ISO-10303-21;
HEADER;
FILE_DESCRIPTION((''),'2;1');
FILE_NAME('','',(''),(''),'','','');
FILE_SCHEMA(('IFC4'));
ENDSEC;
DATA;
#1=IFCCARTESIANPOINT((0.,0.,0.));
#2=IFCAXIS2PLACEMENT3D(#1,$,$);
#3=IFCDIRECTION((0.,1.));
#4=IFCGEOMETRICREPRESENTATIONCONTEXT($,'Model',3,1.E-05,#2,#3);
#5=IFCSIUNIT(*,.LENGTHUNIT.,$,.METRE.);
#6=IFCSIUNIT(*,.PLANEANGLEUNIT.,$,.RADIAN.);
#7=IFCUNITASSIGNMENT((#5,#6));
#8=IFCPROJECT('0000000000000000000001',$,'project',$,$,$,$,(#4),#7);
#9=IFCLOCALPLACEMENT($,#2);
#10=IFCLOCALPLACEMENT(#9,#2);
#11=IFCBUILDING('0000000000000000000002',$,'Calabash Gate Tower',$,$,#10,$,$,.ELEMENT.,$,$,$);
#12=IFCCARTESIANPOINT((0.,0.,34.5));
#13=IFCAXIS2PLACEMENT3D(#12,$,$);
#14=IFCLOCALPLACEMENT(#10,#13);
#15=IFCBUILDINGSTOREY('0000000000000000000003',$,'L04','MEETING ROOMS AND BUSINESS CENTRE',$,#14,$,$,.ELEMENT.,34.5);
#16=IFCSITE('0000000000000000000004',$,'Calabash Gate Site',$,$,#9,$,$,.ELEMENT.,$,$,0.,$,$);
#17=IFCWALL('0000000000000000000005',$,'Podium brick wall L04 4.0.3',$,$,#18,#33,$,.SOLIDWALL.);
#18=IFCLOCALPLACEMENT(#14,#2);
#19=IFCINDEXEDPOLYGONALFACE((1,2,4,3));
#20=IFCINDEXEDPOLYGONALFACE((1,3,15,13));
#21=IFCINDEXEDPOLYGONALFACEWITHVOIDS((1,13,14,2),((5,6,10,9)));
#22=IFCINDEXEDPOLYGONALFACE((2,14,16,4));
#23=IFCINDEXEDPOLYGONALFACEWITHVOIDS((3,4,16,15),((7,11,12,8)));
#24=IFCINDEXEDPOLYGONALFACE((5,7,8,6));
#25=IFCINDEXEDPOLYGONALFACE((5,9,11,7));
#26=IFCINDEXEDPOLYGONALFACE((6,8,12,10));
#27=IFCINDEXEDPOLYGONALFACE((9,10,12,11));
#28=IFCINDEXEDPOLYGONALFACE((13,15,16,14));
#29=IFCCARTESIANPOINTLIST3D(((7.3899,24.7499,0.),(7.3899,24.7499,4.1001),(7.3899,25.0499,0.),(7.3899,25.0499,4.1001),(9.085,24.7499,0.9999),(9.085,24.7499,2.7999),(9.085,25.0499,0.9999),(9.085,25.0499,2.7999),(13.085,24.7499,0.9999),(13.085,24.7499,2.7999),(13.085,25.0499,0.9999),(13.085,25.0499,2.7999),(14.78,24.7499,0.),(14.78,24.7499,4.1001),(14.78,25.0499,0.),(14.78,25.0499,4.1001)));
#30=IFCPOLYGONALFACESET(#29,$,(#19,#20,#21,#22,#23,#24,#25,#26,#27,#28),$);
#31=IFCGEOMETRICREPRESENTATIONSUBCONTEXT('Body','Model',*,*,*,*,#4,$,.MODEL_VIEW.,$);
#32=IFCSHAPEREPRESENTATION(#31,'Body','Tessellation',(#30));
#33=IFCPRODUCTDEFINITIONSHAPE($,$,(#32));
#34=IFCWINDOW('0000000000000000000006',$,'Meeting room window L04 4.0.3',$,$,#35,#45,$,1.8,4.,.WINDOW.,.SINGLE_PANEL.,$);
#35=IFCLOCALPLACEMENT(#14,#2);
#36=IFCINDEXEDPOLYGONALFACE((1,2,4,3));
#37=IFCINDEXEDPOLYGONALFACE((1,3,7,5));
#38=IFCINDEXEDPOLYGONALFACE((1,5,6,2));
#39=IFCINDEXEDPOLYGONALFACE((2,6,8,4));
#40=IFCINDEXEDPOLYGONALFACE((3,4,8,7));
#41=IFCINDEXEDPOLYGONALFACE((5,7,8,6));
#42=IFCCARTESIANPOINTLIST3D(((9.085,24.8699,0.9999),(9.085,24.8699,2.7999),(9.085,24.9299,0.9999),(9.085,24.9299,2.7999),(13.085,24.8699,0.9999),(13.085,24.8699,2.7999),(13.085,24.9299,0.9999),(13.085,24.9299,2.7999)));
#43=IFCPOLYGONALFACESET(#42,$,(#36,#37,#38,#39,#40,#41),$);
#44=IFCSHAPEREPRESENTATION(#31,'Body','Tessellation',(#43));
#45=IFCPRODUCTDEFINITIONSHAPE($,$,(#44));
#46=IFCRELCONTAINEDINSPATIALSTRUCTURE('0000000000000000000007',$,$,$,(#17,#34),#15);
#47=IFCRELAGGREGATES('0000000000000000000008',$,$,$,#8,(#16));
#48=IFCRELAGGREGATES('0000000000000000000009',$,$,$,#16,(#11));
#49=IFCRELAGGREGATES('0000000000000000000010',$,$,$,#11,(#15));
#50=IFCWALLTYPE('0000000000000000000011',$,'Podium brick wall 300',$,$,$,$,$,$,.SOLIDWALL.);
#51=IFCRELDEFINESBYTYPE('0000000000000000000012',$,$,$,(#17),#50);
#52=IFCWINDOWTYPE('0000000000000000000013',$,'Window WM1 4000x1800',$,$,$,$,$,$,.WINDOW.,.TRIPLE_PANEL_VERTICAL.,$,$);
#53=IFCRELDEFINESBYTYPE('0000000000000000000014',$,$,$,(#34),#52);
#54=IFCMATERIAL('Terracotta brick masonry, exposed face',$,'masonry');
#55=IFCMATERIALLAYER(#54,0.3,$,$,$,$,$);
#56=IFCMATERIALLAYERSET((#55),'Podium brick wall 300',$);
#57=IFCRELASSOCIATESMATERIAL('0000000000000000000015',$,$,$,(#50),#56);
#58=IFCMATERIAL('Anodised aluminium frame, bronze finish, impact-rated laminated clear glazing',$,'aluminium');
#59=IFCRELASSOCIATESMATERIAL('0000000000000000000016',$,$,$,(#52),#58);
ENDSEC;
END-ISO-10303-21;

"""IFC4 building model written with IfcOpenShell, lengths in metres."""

from ifc_helpers import new_model, si_unit, direction, frame, frame_2d, origin, place, context, subcontext, project, spatial, rectangle, extrude, material, layer, layer_set, type_object, element, fill, save


model = new_model("IFC4")

# Units and contexts
model_context = context("Model", 3, precision=1e-05, world=origin(), true_north=direction((0.0, 1.0)))
body_context = subcontext(model_context, "Body", "Model", "MODEL_VIEW")
ifc_project = project(units=[si_unit("LENGTHUNIT", "METRE"), si_unit("PLANEANGLEUNIT", "RADIAN")], contexts=[model_context])

# Site, building, storey
site_placement = place(None, origin())
site = spatial("IfcSite", under=ifc_project, at=site_placement, Name="Calabash Gate Site", CompositionType="ELEMENT", RefElevation=0.0)
building_placement = place(site_placement, origin())
building = spatial("IfcBuilding", under=site, at=building_placement, Name="Calabash Gate Tower", CompositionType="ELEMENT")
storey_placement = place(building_placement, frame((0.0, 0.0, 34.5)))
storey = spatial("IfcBuildingStorey", under=building, at=storey_placement, Name="L04", Description="MEETING ROOMS AND BUSINESS CENTRE", CompositionType="ELEMENT", Elevation=34.5)

# Wall, opening, window
ifc_material_1 = material(Name="Terracotta brick masonry, exposed face", Category="masonry")
ifc_layer_1 = layer(ifc_material_1, 0.3)
ifc_layer_set_1 = layer_set([ifc_layer_1], Name="Podium brick wall 300")
wall_type_1 = type_object("IfcWallType", Name="Podium brick wall 300", PredefinedType="SOLIDWALL", material=ifc_layer_set_1)
ifc_material_2 = material(Name="Anodised aluminium frame, bronze finish, impact-rated laminated clear glazing", Category="aluminium")
window_type = type_object("IfcWindowType", Name="Window WM1 4000x1800", PartitioningType="TRIPLE_PANEL_VERTICAL", PredefinedType="WINDOW", material=ifc_material_2)
wall_1_placement = place(storey_placement, frame((14.78, 24.8999, 0.0), z_axis=(0.0, 0.0, 1.0), x_axis=(-1.0, 0.0, 0.0)))
wall_1 = element("IfcWall", 1, at=wall_1_placement, inside=storey, type_object=wall_type_1, Name="Podium brick wall L04 4.0.3", PredefinedType="SOLIDWALL", context=body_context, shape_type="SweptSolid", body=[
    extrude(rectangle(XDim=7.3901, YDim=0.3, at=frame_2d((3.6951, 0.0))), origin(), (0.0, 0.0, 1.0), 4.1001),
])
opening_1_placement = place(wall_1_placement, frame((1.6951, 0.0, 1.0)))
opening_1 = element("IfcOpeningElement", 2, at=opening_1_placement, cuts=wall_1, PredefinedType="OPENING", context=body_context, shape_type="SweptSolid", body=[
    extrude(rectangle(XDim=4.0, YDim=1.8, at=frame_2d((2.0, 0.8999))), frame((0.0, 0.1599, 0.0), z_axis=(0.0, -1.0, 0.0), x_axis=(1.0, 0.0, 0.0)), (0.0, 0.0, 1.0), 0.3201),
])
window_1_placement = place(opening_1_placement, origin())
window_1 = element("IfcWindow", 3, at=window_1_placement, inside=storey, type_object=window_type, Name="Meeting room window L04 4.0.3", OverallHeight=1.8, OverallWidth=4.0, PartitioningType="SINGLE_PANEL", PredefinedType="WINDOW", context=body_context, shape_type="SweptSolid", body=[
    extrude(rectangle(XDim=4.0, YDim=1.8, at=frame_2d((2.0, 0.8999))), frame((0.0, 0.03, 0.0), z_axis=(0.0, -1.0, 0.0), x_axis=(1.0, 0.0, 0.0)), (0.0, 0.0, 1.0), 0.0601),
])
fill(opening_1, window_1)

save(model, "model.ifc")
